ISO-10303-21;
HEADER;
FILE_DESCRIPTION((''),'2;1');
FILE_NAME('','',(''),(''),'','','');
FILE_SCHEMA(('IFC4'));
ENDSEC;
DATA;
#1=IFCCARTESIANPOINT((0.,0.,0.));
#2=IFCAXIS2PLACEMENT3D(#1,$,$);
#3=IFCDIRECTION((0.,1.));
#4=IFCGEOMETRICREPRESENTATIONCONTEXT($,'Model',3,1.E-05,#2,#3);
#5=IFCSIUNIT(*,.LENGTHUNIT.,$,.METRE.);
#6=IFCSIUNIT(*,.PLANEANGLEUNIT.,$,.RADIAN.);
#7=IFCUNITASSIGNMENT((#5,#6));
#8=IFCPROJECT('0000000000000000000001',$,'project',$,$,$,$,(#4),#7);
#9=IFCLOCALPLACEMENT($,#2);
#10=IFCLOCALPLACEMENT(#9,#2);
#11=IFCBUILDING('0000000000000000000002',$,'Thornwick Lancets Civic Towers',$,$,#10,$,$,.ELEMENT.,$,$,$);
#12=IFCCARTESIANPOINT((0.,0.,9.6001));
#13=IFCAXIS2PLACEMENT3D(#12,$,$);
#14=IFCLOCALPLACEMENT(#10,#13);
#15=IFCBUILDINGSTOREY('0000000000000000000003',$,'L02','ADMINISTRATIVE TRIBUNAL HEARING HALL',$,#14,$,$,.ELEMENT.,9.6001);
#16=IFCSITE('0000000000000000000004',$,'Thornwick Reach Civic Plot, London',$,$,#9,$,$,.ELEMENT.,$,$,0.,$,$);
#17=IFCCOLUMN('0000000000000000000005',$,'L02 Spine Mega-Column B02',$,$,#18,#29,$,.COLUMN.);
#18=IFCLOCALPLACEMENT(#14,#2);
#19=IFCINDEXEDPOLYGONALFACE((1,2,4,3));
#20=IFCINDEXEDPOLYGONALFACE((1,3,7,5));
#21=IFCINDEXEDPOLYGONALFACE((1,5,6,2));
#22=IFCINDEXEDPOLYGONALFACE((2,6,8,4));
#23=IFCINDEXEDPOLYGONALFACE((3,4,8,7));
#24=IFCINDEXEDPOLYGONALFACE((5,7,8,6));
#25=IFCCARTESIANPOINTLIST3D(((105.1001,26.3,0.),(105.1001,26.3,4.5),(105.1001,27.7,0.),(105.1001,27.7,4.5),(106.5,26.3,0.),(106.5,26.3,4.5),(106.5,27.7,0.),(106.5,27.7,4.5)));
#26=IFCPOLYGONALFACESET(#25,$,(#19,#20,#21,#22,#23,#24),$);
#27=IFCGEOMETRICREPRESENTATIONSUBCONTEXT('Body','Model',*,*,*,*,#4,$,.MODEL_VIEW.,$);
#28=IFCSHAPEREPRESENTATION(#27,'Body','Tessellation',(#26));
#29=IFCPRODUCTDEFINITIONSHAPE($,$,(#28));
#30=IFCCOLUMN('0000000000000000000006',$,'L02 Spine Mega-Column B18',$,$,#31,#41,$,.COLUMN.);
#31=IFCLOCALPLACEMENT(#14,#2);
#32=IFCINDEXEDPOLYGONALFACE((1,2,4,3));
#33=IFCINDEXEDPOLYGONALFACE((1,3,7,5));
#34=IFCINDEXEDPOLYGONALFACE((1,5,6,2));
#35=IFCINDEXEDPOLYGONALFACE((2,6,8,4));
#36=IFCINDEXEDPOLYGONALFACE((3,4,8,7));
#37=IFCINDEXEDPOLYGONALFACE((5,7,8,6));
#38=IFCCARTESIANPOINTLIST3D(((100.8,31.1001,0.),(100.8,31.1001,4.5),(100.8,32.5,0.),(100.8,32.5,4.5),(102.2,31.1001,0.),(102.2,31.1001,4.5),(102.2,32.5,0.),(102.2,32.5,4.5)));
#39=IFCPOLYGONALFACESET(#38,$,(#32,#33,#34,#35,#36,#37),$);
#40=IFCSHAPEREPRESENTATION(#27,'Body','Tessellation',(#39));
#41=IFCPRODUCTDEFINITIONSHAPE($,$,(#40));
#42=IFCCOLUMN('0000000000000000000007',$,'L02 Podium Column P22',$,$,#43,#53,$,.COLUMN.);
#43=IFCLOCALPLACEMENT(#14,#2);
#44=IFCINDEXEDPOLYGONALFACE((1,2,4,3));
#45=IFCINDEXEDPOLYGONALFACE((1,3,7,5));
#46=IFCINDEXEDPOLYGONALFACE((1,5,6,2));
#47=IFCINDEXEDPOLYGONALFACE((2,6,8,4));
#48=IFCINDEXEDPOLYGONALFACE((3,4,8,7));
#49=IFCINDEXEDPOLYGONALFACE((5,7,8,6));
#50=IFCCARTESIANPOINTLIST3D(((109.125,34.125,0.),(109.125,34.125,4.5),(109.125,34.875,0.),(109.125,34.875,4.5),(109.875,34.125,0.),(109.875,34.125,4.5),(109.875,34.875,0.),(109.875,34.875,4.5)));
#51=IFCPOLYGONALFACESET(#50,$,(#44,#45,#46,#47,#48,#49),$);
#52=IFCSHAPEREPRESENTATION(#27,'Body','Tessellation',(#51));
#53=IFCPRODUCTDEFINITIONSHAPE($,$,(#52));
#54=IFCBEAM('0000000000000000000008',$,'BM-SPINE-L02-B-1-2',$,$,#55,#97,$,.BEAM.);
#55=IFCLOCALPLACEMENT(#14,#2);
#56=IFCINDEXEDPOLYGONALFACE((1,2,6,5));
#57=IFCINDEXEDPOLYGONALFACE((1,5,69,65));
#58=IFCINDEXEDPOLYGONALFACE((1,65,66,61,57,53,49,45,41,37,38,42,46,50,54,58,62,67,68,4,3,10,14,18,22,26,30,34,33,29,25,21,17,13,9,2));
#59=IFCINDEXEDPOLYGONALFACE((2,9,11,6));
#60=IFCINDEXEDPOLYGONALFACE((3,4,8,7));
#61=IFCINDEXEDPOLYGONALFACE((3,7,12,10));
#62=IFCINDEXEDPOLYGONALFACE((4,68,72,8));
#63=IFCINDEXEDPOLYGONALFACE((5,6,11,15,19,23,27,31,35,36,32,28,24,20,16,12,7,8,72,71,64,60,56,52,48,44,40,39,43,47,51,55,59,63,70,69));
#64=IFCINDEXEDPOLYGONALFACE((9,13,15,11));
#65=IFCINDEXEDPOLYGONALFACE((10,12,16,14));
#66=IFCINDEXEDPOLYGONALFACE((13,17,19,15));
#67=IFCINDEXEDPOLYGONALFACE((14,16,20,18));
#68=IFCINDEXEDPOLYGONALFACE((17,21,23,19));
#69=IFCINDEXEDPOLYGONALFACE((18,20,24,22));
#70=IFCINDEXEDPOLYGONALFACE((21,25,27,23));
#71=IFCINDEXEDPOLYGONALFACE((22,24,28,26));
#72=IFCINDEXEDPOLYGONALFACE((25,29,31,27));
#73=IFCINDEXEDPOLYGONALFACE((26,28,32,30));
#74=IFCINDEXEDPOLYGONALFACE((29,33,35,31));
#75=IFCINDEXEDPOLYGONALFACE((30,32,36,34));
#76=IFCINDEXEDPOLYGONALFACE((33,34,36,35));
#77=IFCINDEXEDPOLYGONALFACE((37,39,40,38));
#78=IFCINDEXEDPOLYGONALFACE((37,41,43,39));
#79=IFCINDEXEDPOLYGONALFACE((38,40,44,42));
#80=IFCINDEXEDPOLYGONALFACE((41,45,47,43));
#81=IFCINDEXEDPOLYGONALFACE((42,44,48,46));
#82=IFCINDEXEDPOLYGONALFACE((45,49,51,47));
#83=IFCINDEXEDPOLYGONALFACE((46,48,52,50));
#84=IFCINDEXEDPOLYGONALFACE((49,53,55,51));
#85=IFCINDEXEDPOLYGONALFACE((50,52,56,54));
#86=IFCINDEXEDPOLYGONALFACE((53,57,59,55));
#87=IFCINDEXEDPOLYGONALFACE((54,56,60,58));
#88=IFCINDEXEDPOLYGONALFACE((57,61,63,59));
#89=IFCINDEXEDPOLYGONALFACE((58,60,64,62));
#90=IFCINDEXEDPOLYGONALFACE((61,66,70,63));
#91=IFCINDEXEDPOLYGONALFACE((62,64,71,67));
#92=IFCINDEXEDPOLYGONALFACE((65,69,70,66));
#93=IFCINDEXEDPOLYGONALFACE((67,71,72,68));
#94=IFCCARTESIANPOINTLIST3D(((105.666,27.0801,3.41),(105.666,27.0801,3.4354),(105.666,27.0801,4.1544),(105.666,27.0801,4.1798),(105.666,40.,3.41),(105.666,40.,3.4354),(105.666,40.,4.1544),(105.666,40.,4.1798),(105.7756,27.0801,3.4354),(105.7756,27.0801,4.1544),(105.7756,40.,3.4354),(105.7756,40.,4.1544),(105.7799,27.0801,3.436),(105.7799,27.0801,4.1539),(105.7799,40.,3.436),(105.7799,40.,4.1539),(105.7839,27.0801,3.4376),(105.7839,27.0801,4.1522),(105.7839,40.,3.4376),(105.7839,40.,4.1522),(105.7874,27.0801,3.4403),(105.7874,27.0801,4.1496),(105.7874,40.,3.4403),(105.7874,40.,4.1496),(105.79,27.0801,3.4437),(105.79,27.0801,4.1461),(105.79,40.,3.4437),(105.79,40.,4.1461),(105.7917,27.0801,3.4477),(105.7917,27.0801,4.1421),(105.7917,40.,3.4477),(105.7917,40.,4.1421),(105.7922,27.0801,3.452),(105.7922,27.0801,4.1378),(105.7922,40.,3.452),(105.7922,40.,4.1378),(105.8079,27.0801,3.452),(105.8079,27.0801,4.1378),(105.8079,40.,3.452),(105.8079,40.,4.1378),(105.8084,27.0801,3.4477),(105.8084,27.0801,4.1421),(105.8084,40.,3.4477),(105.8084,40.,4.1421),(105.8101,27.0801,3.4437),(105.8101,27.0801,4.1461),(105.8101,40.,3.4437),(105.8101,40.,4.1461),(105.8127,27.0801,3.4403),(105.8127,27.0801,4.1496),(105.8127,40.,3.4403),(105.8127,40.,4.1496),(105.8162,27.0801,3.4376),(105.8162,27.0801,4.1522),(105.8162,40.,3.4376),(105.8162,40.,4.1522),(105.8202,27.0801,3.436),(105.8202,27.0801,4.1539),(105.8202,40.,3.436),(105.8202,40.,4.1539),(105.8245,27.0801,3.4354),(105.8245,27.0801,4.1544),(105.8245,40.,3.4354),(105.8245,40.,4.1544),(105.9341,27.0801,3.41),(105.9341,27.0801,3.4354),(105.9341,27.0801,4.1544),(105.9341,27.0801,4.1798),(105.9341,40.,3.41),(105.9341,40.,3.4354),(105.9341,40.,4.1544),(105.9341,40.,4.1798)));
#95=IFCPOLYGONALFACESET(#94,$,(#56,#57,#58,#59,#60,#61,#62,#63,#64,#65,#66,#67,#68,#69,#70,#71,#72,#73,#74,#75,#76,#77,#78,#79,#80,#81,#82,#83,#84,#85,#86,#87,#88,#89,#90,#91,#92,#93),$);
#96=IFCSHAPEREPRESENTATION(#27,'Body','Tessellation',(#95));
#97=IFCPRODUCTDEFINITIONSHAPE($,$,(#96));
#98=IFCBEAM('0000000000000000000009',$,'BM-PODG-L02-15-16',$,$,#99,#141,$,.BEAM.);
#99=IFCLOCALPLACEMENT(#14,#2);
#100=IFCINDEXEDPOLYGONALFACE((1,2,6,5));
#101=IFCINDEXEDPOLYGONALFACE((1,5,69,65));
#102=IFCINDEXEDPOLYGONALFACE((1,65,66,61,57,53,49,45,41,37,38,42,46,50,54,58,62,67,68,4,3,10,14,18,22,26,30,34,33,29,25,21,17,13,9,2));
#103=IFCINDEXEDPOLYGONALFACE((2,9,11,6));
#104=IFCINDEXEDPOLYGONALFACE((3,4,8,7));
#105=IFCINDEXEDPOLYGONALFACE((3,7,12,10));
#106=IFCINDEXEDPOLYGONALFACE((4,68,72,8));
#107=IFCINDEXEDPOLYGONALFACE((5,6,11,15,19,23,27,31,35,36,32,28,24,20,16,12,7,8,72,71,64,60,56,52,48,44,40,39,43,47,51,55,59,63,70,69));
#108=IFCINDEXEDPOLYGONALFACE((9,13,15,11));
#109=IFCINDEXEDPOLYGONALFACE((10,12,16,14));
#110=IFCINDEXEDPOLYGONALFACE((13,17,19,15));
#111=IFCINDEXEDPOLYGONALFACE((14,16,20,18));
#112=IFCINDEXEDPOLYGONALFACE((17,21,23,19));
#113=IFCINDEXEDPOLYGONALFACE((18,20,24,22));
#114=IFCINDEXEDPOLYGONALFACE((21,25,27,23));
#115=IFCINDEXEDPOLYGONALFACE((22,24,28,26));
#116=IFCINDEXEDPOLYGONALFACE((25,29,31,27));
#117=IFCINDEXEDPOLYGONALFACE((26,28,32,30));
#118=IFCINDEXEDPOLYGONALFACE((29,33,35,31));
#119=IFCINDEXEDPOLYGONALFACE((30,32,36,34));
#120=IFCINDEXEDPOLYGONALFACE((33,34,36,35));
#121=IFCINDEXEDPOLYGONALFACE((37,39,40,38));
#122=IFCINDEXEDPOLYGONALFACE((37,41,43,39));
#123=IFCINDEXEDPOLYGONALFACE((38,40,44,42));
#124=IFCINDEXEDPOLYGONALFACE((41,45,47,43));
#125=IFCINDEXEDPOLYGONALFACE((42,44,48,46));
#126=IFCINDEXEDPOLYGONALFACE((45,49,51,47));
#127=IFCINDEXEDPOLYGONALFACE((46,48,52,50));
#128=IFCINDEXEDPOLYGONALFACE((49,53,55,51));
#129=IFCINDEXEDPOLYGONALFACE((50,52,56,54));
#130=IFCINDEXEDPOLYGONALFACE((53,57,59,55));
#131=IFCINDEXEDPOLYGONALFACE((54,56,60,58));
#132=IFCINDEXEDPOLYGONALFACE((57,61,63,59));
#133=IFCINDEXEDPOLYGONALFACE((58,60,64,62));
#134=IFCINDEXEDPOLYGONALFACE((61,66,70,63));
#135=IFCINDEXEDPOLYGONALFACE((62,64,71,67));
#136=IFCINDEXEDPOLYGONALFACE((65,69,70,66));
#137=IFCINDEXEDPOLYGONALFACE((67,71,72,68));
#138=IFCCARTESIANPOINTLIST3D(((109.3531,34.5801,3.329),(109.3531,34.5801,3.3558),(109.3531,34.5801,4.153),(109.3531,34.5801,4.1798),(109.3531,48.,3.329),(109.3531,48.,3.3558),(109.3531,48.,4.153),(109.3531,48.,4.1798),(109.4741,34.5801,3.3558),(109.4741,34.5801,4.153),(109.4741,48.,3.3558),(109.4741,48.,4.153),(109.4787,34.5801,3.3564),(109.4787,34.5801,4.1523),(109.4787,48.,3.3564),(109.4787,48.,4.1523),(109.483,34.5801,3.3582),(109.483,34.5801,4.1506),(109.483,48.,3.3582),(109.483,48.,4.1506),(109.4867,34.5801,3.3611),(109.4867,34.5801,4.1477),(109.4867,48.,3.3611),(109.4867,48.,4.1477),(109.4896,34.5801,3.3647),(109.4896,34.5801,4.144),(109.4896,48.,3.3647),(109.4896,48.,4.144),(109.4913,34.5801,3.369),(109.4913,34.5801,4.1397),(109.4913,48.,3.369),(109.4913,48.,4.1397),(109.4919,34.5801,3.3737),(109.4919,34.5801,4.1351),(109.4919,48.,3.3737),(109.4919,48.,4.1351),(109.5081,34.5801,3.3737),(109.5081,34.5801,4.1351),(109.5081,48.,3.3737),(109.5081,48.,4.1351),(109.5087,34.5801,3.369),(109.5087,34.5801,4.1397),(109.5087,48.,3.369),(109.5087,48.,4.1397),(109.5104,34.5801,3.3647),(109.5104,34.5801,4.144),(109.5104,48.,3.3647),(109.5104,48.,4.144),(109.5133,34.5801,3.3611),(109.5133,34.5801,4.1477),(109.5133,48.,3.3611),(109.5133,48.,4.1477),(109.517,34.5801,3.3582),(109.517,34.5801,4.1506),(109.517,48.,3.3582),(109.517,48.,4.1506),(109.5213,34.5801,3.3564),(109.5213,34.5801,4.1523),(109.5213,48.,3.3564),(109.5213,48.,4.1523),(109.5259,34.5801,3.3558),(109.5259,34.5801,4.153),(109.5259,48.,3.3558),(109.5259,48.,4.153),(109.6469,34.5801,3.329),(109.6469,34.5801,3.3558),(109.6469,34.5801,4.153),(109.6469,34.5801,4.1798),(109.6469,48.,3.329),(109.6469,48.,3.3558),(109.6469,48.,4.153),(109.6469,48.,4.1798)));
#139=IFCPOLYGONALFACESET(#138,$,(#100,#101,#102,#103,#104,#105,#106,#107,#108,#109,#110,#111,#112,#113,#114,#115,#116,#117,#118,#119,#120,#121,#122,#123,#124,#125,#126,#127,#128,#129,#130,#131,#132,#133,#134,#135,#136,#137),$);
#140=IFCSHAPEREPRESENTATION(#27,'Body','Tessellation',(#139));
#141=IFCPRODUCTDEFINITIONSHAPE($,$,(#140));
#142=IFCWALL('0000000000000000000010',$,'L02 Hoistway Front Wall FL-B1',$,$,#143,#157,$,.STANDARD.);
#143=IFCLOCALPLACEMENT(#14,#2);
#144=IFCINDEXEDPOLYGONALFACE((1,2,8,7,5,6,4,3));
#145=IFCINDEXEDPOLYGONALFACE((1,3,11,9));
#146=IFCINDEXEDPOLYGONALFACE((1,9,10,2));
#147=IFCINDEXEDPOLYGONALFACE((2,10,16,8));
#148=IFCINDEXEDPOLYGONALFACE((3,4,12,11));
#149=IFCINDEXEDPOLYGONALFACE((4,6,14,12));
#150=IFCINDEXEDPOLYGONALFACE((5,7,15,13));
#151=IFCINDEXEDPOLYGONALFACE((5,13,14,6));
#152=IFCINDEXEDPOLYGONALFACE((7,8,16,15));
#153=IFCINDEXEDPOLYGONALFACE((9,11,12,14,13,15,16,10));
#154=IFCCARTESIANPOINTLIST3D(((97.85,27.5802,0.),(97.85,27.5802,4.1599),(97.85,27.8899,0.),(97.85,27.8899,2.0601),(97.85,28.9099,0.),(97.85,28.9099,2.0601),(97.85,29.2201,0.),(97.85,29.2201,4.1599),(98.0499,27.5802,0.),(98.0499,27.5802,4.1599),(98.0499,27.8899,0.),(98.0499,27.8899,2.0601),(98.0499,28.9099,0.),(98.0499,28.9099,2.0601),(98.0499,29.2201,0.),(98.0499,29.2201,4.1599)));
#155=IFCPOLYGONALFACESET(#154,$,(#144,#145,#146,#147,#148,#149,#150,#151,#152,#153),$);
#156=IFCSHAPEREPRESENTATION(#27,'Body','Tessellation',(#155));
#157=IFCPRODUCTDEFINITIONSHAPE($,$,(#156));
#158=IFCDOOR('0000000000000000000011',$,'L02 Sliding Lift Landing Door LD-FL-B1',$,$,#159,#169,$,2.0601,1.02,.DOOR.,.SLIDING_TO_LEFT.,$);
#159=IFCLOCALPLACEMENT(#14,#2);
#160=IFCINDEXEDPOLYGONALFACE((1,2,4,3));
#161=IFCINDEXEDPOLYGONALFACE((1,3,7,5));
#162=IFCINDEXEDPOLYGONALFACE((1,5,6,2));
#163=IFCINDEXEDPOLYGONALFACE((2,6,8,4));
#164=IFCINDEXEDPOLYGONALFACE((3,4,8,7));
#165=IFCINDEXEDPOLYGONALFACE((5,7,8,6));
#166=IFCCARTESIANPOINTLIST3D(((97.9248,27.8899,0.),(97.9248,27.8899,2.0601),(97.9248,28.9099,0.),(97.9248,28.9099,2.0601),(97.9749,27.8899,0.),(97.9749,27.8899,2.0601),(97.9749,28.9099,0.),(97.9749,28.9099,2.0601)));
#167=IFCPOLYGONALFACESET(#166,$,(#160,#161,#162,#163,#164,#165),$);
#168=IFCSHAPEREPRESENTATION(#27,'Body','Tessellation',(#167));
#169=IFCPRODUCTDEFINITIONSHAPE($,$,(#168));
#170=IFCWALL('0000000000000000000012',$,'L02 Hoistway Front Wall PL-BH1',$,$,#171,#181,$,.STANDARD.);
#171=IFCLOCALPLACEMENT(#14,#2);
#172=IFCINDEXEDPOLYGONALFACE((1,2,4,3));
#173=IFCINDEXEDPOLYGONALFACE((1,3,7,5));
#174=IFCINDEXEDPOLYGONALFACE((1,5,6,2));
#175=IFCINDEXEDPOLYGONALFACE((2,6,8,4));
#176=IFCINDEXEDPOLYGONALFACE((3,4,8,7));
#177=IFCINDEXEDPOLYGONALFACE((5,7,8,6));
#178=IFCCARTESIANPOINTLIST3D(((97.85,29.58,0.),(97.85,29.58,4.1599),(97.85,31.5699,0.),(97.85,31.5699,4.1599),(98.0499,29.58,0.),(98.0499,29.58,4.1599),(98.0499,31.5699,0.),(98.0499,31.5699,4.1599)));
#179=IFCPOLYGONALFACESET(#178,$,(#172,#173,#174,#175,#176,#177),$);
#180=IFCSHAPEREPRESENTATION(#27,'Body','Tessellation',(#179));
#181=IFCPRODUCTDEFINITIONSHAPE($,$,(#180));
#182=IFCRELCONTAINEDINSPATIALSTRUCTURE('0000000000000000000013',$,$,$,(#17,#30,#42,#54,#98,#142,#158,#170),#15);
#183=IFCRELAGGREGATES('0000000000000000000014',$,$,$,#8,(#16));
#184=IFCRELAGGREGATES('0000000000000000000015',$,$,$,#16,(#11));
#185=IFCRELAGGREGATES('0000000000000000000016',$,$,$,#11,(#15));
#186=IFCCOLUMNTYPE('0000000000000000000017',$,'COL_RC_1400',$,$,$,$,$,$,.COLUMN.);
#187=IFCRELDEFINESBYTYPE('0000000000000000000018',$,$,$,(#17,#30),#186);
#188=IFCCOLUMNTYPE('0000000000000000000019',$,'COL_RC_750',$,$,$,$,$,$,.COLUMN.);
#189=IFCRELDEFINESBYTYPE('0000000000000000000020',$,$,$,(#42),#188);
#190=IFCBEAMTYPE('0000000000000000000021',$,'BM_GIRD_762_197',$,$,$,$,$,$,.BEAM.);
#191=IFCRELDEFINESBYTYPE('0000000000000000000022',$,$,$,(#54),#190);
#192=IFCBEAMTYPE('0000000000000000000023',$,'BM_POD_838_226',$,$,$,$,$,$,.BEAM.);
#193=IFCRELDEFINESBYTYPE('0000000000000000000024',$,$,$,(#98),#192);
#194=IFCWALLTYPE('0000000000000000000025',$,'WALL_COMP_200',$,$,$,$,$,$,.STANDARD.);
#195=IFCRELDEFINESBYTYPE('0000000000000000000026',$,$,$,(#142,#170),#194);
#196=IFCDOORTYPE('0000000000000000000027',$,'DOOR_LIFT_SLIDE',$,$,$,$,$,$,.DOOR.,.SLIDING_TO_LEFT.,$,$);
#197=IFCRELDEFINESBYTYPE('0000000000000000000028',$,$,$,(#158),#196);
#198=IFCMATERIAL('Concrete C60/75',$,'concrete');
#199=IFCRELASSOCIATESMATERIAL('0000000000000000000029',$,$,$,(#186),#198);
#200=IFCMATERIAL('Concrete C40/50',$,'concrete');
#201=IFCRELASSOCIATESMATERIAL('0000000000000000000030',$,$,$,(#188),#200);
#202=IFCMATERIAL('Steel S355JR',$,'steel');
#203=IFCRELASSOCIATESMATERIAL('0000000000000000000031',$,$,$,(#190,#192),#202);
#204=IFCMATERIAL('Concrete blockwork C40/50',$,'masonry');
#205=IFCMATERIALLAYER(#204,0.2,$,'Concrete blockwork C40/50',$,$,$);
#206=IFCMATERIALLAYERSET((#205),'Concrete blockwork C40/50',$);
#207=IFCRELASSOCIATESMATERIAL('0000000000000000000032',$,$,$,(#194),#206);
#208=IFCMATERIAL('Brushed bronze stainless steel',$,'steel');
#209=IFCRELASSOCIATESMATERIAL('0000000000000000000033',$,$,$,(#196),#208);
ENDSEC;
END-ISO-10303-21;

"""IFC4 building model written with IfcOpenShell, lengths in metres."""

from ifc_helpers import new_model, si_unit, direction, frame, frame_2d, origin, origin_2d, place, context, subcontext, project, spatial, rectangle, i_section, extrude, material, layer, layer_set, material_profile, profile_set, type_object, element, fill, save


model = new_model("IFC4")

# Units and contexts
model_context = context("Model", 3, precision=1e-05, world=origin(), true_north=direction((0.0, 1.0)))
body_context = subcontext(model_context, "Body", "Model", "MODEL_VIEW")
ifc_project = project(units=[si_unit("LENGTHUNIT", "METRE"), si_unit("PLANEANGLEUNIT", "RADIAN")], contexts=[model_context])

# Site, building, storey
site_placement = place(None, origin())
site = spatial("IfcSite", under=ifc_project, at=site_placement, Name="Thornwick Reach Civic Plot, London", CompositionType="ELEMENT", RefElevation=0.0)
building_placement = place(site_placement, origin())
building = spatial("IfcBuilding", under=site, at=building_placement, Name="Thornwick Lancets Civic Towers", CompositionType="ELEMENT")
storey_placement = place(building_placement, frame((0.0, 0.0, 9.6001)))
storey = spatial("IfcBuildingStorey", under=building, at=storey_placement, Name="L02", Description="ADMINISTRATIVE TRIBUNAL HEARING HALL", CompositionType="ELEMENT", Elevation=9.6001)

# Columns
ifc_material_1 = material(Name="Concrete C60/75", Category="concrete")
ifc_material_profile_1 = material_profile(ifc_material_1, rectangle(XDim=1.3999, YDim=1.3999, at=origin_2d()), Name="RC 1400x1400")
ifc_profile_set_1 = profile_set([ifc_material_profile_1], Name="Concrete C60/75")
column_type_1 = type_object("IfcColumnType", Name="COL_RC_1400", PredefinedType="COLUMN", material=ifc_profile_set_1)
for number, where, z_axis, x_axis, name in (
    (1, (105.8, 27.0, 0.0), (0.0, 0.0, 1.0), (1.0, 0.0, 0.0), "L02 Spine Mega-Column B02"),
    (2, (101.5, 31.8, 0.0), (0.0, 0.0, 1.0), (1.0, 0.0, 0.0), "L02 Spine Mega-Column B18"),
):
    element("IfcColumn", number, at=place(storey_placement, frame(where, z_axis=z_axis, x_axis=x_axis)), inside=storey, type_object=column_type_1, Name=name, PredefinedType="COLUMN", context=body_context, shape_type="SweptSolid", body=[
        extrude(rectangle(XDim=1.3999, YDim=1.3999, at=origin_2d()), origin(), (0.0, 0.0, 1.0), 4.5),
    ])
ifc_material_2 = material(Name="Concrete C40/50", Category="concrete")
ifc_material_profile_2 = material_profile(ifc_material_2, rectangle(XDim=0.75, YDim=0.75, at=origin_2d()), Name="RC 750x750")
ifc_profile_set_2 = profile_set([ifc_material_profile_2], Name="Concrete C40/50")
column_type_2 = type_object("IfcColumnType", Name="COL_RC_750", PredefinedType="COLUMN", material=ifc_profile_set_2)
column_placement = place(storey_placement, frame((109.5, 34.5, 0.0), z_axis=(0.0, 0.0, 1.0), x_axis=(1.0, 0.0, 0.0)))
element("IfcColumn", 3, at=column_placement, inside=storey, type_object=column_type_2, Name="L02 Podium Column P22", PredefinedType="COLUMN", context=body_context, shape_type="SweptSolid", body=[
    extrude(rectangle(XDim=0.75, YDim=0.75, at=origin_2d()), origin(), (0.0, 0.0, 1.0), 4.5),
])

# Beams
ifc_material_3 = material(Name="Steel S355JR", Category="steel")
ifc_material_profile_3 = material_profile(ifc_material_3, i_section(OverallWidth=0.2681, OverallDepth=0.7698, WebThickness=0.0156, FlangeThickness=0.0254, FilletRadius=0.0166, at=origin_2d()), Name="UKB 762x267x197")
ifc_profile_set_3 = profile_set([ifc_material_profile_3], Name="Steel S355JR")
beam_type_1 = type_object("IfcBeamType", Name="BM_GIRD_762_197", PredefinedType="BEAM", material=ifc_profile_set_3)
beam_1_placement = place(storey_placement, frame((105.8, 27.0801, 3.7949), z_axis=(0.0, 1.0, 0.0), x_axis=(-1.0, 0.0, 0.0)))
element("IfcBeam", 4, at=beam_1_placement, inside=storey, type_object=beam_type_1, Name="BM-SPINE-L02-B-1-2", PredefinedType="BEAM", context=body_context, shape_type="SweptSolid", body=[
    extrude(i_section(OverallWidth=0.2681, OverallDepth=0.7698, WebThickness=0.0156, FlangeThickness=0.0254, FilletRadius=0.0166, at=origin_2d()), origin(), (0.0, 0.0, 1.0), 12.9199),
])
ifc_material_profile_4 = material_profile(ifc_material_3, i_section(OverallWidth=0.2937, OverallDepth=0.8508, WebThickness=0.0161, FlangeThickness=0.0269, FilletRadius=0.0178, at=origin_2d()), Name="UKB 838x292x226")
ifc_profile_set_4 = profile_set([ifc_material_profile_4], Name="Steel S355JR")
beam_type_2 = type_object("IfcBeamType", Name="BM_POD_838_226", PredefinedType="BEAM", material=ifc_profile_set_4)
beam_2_placement = place(storey_placement, frame((109.5, 34.5801, 3.7544), z_axis=(0.0, 1.0, 0.0), x_axis=(-1.0, 0.0, 0.0)))
element("IfcBeam", 5, at=beam_2_placement, inside=storey, type_object=beam_type_2, Name="BM-PODG-L02-15-16", PredefinedType="BEAM", context=body_context, shape_type="SweptSolid", body=[
    extrude(i_section(OverallWidth=0.2937, OverallDepth=0.8508, WebThickness=0.0161, FlangeThickness=0.0269, FilletRadius=0.0178, at=origin_2d()), origin(), (0.0, 0.0, 1.0), 13.4199),
])

# Wall, opening, door
ifc_material_4 = material(Name="Concrete blockwork C40/50", Category="masonry")
ifc_layer_1 = layer(ifc_material_4, 0.2, Name="Concrete blockwork C40/50")
ifc_layer_set_1 = layer_set([ifc_layer_1], Name="Concrete blockwork C40/50")
wall_type_1 = type_object("IfcWallType", Name="WALL_COMP_200", PredefinedType="STANDARD", material=ifc_layer_set_1)
wall_1_placement = place(storey_placement, frame((97.95, 29.22, 0.0), z_axis=(0.0, 0.0, 1.0), x_axis=(0.0, -1.0, 0.0)))
wall_1 = element("IfcWall", 6, at=wall_1_placement, inside=storey, type_object=wall_type_1, Name="L02 Hoistway Front Wall FL-B1", PredefinedType="STANDARD", context=body_context, shape_type="SweptSolid", body=[
    extrude(rectangle(XDim=1.6399, YDim=0.2, at=frame_2d((0.8198, 0.0))), origin(), (0.0, 0.0, 1.0), 4.1599),
])
opening_1_placement = place(wall_1_placement, frame((0.3101, 0.0, 0.0)))
opening_1 = element("IfcOpeningElement", 7, at=opening_1_placement, cuts=wall_1, PredefinedType="OPENING", context=body_context, shape_type="SweptSolid", body=[
    extrude(rectangle(XDim=1.02, YDim=2.0601, at=frame_2d((0.51, 1.03))), frame((0.0, 0.1099, 0.0), z_axis=(0.0, -1.0, 0.0), x_axis=(1.0, 0.0, 0.0)), (0.0, 0.0, 1.0), 0.22),
])
ifc_material_5 = material(Name="Brushed bronze stainless steel", Category="steel")
door_type = type_object("IfcDoorType", Name="DOOR_LIFT_SLIDE", OperationType="SLIDING_TO_LEFT", PredefinedType="DOOR", material=ifc_material_5)
door_1_placement = place(opening_1_placement, origin())
door_1 = element("IfcDoor", 8, at=door_1_placement, inside=storey, type_object=door_type, Name="L02 Sliding Lift Landing Door LD-FL-B1", OperationType="SLIDING_TO_LEFT", OverallHeight=2.0601, OverallWidth=1.02, PredefinedType="DOOR", context=body_context, shape_type="SweptSolid", body=[
    extrude(rectangle(XDim=1.02, YDim=2.0601, at=frame_2d((0.51, 1.03))), frame((0.0, 0.0249, 0.0), z_axis=(0.0, -1.0, 0.0), x_axis=(1.0, 0.0, 0.0)), (0.0, 0.0, 1.0), 0.05),
])
fill(opening_1, door_1)

# Wall
wall_2_placement = place(storey_placement, frame((97.95, 31.5701, 0.0), z_axis=(0.0, 0.0, 1.0), x_axis=(0.0, -1.0, 0.0)))
element("IfcWall", 9, at=wall_2_placement, inside=storey, type_object=wall_type_1, Name="L02 Hoistway Front Wall PL-BH1", PredefinedType="STANDARD", context=body_context, shape_type="SweptSolid", body=[
    extrude(rectangle(XDim=1.99, YDim=0.2, at=frame_2d((0.9951, 0.0))), origin(), (0.0, 0.0, 1.0), 4.1599),
])

save(model, "model.ifc")
